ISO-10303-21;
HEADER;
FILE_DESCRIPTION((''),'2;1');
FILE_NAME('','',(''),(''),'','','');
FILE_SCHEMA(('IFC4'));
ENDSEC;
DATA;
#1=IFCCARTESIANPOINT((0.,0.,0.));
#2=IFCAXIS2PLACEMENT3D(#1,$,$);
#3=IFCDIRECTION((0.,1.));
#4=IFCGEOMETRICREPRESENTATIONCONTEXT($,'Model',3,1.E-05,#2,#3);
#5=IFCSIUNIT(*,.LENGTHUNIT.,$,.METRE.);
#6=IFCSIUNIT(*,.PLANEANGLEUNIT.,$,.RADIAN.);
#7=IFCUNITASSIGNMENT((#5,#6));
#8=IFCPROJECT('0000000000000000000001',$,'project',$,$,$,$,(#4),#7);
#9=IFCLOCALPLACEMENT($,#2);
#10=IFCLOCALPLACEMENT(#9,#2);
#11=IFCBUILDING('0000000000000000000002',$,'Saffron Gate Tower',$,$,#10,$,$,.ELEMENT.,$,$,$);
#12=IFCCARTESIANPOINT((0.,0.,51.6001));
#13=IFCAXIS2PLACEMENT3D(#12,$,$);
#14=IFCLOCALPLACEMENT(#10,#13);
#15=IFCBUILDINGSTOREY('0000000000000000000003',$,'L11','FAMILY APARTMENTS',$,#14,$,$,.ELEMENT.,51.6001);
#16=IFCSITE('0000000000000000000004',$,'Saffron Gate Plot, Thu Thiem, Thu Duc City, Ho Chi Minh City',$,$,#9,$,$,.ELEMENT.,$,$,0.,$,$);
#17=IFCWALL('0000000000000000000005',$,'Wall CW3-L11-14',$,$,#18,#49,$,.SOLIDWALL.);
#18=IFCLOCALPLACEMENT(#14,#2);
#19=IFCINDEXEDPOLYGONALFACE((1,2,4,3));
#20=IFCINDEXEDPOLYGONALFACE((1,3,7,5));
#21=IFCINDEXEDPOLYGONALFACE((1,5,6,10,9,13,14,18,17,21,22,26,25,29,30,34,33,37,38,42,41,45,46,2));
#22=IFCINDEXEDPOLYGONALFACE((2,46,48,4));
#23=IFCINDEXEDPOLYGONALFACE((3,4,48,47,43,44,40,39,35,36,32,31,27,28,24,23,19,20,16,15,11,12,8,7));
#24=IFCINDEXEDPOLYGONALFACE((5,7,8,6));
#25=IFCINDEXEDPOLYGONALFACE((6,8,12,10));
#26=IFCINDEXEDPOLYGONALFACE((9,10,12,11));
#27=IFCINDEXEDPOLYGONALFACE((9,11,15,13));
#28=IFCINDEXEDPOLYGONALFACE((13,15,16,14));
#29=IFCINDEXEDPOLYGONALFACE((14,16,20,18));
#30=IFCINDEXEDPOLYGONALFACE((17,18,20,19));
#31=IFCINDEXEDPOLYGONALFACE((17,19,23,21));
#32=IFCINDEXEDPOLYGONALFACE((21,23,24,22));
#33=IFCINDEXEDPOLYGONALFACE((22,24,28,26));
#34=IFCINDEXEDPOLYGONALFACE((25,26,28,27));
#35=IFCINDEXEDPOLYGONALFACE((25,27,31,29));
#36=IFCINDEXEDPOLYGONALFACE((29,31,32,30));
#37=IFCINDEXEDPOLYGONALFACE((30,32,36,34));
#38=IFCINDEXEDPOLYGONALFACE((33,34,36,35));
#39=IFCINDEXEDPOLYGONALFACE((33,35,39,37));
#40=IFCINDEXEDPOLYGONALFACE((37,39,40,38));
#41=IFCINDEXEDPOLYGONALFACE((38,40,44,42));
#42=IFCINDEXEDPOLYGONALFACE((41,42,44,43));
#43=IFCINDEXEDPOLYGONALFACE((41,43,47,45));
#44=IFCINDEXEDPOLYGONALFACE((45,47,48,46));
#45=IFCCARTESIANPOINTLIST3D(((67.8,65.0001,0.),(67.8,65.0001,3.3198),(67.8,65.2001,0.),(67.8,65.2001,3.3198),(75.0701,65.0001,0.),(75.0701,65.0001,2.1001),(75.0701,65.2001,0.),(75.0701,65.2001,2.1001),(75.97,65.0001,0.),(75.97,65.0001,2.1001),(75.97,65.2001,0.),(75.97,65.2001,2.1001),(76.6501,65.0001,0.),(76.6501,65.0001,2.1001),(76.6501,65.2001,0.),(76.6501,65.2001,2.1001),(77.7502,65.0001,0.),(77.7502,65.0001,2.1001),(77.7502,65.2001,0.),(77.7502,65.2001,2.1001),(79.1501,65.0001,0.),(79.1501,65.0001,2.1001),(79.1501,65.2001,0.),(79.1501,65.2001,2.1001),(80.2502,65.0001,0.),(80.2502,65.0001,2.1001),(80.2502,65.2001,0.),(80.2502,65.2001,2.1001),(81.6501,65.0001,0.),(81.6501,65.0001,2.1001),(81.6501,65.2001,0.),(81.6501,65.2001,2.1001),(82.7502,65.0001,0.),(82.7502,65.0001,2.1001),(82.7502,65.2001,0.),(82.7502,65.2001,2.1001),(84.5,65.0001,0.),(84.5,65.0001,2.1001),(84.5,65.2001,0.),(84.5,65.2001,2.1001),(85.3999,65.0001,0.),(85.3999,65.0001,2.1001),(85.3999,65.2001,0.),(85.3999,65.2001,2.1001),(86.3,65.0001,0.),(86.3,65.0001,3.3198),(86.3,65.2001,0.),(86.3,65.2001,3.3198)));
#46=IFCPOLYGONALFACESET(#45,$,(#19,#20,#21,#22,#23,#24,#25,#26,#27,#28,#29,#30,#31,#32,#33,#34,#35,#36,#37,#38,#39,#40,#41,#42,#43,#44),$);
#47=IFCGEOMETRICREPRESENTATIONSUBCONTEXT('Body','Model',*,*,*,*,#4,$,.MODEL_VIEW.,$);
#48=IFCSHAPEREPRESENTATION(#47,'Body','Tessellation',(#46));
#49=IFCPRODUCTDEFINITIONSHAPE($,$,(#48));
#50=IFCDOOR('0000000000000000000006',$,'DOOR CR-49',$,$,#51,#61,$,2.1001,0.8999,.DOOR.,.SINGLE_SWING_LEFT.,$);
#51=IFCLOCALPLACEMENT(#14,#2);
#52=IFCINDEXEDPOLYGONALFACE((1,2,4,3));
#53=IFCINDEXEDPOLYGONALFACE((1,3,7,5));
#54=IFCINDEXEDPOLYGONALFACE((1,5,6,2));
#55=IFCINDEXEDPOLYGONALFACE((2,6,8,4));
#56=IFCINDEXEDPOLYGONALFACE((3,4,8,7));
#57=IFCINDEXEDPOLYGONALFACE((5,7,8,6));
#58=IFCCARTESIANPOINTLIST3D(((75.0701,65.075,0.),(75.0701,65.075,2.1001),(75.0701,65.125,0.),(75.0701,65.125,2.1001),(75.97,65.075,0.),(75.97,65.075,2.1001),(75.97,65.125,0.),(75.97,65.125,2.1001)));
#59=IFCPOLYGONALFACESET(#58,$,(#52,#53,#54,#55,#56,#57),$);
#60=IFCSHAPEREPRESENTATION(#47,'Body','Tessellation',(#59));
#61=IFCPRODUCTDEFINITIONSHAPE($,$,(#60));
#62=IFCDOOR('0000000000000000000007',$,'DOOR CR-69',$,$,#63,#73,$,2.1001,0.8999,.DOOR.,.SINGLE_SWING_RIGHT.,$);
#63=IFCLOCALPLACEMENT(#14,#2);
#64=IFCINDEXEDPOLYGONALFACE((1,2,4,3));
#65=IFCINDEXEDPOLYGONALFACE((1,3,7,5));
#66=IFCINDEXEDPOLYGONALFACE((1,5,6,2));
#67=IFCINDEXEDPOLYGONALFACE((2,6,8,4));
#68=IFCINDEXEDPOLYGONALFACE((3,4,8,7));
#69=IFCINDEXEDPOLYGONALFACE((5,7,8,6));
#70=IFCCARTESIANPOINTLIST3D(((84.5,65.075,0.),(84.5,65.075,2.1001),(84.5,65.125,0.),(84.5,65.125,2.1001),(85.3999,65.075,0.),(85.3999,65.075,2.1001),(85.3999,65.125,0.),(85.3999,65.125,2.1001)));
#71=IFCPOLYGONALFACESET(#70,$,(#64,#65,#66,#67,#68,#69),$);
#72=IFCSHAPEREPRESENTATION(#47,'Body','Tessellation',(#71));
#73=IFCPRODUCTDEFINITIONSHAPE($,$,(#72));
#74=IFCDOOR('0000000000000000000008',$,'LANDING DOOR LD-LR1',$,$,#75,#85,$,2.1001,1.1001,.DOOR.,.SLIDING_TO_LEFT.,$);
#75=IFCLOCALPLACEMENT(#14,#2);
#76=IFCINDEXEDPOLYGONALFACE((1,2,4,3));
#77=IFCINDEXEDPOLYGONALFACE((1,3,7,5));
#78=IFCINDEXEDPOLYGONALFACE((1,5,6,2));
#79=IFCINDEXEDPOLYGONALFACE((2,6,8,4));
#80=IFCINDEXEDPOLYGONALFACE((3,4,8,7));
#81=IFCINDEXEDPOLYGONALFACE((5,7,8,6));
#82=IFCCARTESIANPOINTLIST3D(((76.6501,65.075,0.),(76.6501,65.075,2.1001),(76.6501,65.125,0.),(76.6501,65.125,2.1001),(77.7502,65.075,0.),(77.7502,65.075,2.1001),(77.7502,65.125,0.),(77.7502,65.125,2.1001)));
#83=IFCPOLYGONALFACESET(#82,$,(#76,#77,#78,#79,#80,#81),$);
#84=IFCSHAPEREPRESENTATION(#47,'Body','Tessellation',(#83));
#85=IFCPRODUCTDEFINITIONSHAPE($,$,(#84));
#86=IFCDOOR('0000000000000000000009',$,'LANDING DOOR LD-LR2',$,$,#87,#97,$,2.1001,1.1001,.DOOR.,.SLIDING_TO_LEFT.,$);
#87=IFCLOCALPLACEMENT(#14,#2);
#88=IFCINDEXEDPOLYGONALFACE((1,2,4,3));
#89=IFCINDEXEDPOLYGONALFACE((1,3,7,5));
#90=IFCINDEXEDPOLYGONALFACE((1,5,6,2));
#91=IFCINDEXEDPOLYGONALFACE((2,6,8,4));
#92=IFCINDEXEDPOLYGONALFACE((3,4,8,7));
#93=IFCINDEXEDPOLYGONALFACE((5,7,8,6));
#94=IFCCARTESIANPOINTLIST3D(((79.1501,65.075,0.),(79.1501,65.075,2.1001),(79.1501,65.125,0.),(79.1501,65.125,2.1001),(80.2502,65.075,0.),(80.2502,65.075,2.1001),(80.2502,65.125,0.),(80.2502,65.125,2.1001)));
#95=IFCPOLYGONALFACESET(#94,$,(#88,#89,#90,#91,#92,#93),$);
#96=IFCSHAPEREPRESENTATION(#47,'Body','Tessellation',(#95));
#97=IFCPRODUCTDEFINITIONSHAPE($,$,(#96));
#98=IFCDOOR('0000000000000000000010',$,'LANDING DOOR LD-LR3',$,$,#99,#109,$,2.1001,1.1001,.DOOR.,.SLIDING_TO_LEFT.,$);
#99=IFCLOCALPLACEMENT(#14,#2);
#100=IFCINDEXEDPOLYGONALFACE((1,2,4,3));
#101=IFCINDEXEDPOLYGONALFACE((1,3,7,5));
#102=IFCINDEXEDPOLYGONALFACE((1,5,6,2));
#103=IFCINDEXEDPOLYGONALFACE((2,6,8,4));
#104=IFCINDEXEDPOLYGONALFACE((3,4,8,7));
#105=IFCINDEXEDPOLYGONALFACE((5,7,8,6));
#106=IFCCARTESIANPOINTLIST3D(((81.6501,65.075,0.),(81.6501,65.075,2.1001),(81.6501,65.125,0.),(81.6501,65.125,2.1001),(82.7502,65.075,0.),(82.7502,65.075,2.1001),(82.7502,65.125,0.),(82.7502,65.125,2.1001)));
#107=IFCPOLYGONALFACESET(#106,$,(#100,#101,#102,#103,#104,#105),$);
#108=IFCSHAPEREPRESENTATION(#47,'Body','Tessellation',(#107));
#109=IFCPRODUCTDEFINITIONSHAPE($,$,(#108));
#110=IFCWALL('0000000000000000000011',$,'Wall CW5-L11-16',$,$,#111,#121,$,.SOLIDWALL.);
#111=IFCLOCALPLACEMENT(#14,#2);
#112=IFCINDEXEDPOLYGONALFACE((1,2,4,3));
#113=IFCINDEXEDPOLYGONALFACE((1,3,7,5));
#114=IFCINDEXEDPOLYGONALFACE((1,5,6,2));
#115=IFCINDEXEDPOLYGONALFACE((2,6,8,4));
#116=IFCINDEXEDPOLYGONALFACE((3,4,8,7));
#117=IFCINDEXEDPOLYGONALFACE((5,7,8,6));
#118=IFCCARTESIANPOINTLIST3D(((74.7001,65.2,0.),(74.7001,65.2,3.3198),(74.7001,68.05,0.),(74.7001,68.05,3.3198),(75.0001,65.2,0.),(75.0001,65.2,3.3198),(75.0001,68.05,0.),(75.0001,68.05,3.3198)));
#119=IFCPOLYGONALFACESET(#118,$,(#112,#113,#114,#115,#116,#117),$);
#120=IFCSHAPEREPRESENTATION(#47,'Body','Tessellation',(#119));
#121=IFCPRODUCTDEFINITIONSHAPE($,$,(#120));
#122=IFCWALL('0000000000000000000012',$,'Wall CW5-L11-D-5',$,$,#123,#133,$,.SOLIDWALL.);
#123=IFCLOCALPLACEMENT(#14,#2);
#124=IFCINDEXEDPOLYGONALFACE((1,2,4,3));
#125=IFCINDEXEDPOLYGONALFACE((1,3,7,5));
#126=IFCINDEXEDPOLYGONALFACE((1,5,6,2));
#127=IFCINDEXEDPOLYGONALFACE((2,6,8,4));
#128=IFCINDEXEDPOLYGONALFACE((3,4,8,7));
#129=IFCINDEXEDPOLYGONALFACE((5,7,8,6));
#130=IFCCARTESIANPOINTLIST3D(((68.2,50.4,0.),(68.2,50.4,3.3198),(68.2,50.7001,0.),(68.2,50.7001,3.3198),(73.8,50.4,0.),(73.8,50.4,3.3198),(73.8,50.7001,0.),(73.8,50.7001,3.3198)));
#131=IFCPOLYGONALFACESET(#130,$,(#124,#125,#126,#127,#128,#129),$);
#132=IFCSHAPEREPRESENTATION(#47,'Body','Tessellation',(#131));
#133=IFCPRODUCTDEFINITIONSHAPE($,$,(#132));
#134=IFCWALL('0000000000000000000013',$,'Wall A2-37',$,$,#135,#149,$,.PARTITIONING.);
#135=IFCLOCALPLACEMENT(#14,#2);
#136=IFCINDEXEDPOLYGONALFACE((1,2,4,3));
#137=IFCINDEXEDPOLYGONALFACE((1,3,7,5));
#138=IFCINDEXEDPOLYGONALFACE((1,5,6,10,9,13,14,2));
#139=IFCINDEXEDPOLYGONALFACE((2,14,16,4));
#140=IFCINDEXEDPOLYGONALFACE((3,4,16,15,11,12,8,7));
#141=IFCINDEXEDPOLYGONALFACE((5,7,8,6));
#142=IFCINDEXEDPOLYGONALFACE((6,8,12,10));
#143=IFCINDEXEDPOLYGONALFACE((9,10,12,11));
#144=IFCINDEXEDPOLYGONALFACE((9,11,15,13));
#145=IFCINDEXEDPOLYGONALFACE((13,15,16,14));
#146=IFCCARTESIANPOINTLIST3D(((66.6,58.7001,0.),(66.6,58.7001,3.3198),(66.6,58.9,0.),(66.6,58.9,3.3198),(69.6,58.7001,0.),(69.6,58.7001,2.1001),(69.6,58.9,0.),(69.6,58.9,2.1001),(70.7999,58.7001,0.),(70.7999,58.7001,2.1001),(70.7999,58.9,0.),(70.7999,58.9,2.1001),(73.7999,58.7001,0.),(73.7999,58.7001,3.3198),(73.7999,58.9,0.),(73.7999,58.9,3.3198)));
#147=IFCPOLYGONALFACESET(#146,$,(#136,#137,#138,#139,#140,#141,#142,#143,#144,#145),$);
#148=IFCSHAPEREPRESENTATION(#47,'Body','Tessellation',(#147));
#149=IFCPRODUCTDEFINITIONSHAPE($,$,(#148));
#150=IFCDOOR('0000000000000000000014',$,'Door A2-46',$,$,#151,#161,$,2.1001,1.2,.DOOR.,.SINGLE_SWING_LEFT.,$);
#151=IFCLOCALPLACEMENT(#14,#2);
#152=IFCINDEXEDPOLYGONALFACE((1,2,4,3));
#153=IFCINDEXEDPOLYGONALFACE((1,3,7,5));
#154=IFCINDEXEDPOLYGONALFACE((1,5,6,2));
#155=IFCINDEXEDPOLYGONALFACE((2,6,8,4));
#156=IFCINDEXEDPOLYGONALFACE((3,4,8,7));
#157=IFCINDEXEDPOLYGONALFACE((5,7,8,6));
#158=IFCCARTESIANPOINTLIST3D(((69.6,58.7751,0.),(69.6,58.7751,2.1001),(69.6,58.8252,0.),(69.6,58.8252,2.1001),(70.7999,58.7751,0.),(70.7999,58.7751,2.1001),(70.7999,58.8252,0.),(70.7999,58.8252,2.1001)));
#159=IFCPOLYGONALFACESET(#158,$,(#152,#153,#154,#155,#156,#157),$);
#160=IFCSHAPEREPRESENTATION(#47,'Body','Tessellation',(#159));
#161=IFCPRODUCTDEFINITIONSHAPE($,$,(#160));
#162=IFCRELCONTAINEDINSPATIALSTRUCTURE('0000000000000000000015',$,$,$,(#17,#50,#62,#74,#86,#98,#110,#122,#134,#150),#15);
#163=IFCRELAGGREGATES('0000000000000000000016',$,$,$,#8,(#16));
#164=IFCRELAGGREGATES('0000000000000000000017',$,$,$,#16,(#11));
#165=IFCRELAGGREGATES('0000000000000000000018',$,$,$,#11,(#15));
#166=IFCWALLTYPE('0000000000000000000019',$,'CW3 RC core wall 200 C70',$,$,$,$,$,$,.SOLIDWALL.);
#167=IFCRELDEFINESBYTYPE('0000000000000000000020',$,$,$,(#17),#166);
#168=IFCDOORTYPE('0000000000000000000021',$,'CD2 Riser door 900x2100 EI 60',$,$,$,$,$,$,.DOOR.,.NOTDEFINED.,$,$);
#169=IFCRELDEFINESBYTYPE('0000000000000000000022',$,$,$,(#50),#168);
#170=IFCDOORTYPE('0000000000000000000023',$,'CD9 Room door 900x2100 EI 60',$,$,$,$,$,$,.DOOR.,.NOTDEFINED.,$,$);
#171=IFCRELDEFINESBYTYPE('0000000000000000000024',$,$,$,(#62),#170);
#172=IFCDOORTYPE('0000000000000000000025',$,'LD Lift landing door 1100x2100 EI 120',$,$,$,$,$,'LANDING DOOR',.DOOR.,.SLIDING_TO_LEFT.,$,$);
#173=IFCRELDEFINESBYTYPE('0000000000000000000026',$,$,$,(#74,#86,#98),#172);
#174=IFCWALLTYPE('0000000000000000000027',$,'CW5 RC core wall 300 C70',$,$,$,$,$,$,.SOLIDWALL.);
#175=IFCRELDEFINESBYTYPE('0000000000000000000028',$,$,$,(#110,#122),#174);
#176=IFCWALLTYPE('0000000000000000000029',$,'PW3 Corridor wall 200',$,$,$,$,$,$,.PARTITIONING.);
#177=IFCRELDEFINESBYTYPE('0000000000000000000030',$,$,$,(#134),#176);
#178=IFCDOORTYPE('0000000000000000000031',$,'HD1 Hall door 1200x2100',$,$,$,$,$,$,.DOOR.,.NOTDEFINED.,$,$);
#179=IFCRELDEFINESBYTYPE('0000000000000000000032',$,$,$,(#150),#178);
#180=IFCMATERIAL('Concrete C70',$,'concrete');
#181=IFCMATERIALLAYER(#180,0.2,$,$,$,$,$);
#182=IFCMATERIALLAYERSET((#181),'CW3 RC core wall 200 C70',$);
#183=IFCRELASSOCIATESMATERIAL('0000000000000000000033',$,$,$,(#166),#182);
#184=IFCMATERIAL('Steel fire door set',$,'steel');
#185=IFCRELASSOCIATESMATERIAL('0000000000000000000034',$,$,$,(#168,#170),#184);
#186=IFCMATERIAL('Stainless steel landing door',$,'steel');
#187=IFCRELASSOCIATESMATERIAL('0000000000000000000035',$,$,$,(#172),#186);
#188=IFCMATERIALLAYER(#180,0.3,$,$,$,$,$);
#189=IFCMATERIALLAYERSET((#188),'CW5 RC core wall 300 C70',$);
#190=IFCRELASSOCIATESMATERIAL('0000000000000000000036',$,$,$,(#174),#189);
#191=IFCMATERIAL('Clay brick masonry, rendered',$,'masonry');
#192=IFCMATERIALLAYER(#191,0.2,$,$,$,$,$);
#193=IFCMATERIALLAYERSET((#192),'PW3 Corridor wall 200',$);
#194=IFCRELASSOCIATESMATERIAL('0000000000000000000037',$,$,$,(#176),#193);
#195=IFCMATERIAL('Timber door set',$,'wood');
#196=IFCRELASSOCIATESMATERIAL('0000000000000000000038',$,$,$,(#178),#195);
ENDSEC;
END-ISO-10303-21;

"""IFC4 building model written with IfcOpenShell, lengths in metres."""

from ifc_helpers import new_model, si_unit, direction, frame, frame_2d, origin, place, context, subcontext, project, spatial, rectangle, extrude, material, layer, layer_set, type_object, element, fill, save


model = new_model("IFC4")

# Units and contexts
model_context = context("Model", 3, precision=1e-05, world=origin(), true_north=direction((0.0, 1.0)))
body_context = subcontext(model_context, "Body", "Model", "MODEL_VIEW")
ifc_project = project(units=[si_unit("LENGTHUNIT", "METRE"), si_unit("PLANEANGLEUNIT", "RADIAN")], contexts=[model_context])

# Site, building, storey
site_placement = place(None, origin())
site = spatial("IfcSite", under=ifc_project, at=site_placement, Name="Saffron Gate Plot, Thu Thiem, Thu Duc City, Ho Chi Minh City", CompositionType="ELEMENT", RefElevation=0.0)
building_placement = place(site_placement, origin())
building = spatial("IfcBuilding", under=site, at=building_placement, Name="Saffron Gate Tower", CompositionType="ELEMENT")
storey_placement = place(building_placement, frame((0.0, 0.0, 51.6001)))
storey = spatial("IfcBuildingStorey", under=building, at=storey_placement, Name="L11", Description="FAMILY APARTMENTS", CompositionType="ELEMENT", Elevation=51.6001)

# Shared definitions
ifc_material_1 = material(Name="Concrete C70", Category="concrete")
ifc_material_2 = material(Name="Steel fire door set", Category="steel")

# Shared definitions
ifc_layer_1 = layer(ifc_material_1, 0.2)
ifc_layer_set_1 = layer_set([ifc_layer_1], Name="CW3 RC core wall 200 C70")
wall_type_1 = type_object("IfcWallType", Name="CW3 RC core wall 200 C70", PredefinedType="SOLIDWALL", material=ifc_layer_set_1)

# Wall, openings, doors
wall_1_placement = place(storey_placement, frame((67.8, 65.1001, 0.0), z_axis=(0.0, 0.0, 1.0), x_axis=(1.0, 0.0, 0.0)))
wall_1 = element("IfcWall", 1, at=wall_1_placement, inside=storey, type_object=wall_type_1, Name="Wall CW3-L11-14", PredefinedType="SOLIDWALL", context=body_context, shape_type="SweptSolid", body=[
    extrude(rectangle(XDim=18.5, YDim=0.2, at=frame_2d((9.25, 0.0))), origin(), (0.0, 0.0, 1.0), 3.3198),
])
opening_1_placement = place(wall_1_placement, frame((7.27, 0.0, 0.0)))
opening_1 = element("IfcOpeningElement", 2, at=opening_1_placement, cuts=wall_1, PredefinedType="OPENING", context=body_context, shape_type="SweptSolid", body=[
    extrude(rectangle(XDim=0.8999, YDim=2.1001, at=frame_2d((0.45, 1.05))), frame((0.0, 0.1099, 0.0), z_axis=(0.0, -1.0, 0.0), x_axis=(1.0, 0.0, 0.0)), (0.0, 0.0, 1.0), 0.22),
])
opening_2_placement = place(wall_1_placement, frame((8.8501, 0.0, 0.0)))
opening_2 = element("IfcOpeningElement", 3, at=opening_2_placement, cuts=wall_1, PredefinedType="OPENING", context=body_context, shape_type="SweptSolid", body=[
    extrude(rectangle(XDim=1.1001, YDim=2.1001, at=frame_2d((0.55, 1.05))), frame((0.0, 0.1099, 0.0), z_axis=(0.0, -1.0, 0.0), x_axis=(1.0, 0.0, 0.0)), (0.0, 0.0, 1.0), 0.22),
])
opening_3_placement = place(wall_1_placement, frame((11.3501, 0.0, 0.0)))
opening_3 = element("IfcOpeningElement", 4, at=opening_3_placement, cuts=wall_1, PredefinedType="OPENING", context=body_context, shape_type="SweptSolid", body=[
    extrude(rectangle(XDim=1.1001, YDim=2.1001, at=frame_2d((0.55, 1.05))), frame((0.0, 0.1099, 0.0), z_axis=(0.0, -1.0, 0.0), x_axis=(1.0, 0.0, 0.0)), (0.0, 0.0, 1.0), 0.22),
])
opening_4_placement = place(wall_1_placement, frame((13.8501, 0.0, 0.0)))
opening_4 = element("IfcOpeningElement", 5, at=opening_4_placement, cuts=wall_1, PredefinedType="OPENING", context=body_context, shape_type="SweptSolid", body=[
    extrude(rectangle(XDim=1.1001, YDim=2.1001, at=frame_2d((0.55, 1.05))), frame((0.0, 0.1099, 0.0), z_axis=(0.0, -1.0, 0.0), x_axis=(1.0, 0.0, 0.0)), (0.0, 0.0, 1.0), 0.22),
])
opening_5_placement = place(wall_1_placement, frame((16.7, 0.0, 0.0)))
opening_5 = element("IfcOpeningElement", 6, at=opening_5_placement, cuts=wall_1, PredefinedType="OPENING", context=body_context, shape_type="SweptSolid", body=[
    extrude(rectangle(XDim=0.8999, YDim=2.1001, at=frame_2d((0.45, 1.05))), frame((0.0, 0.1099, 0.0), z_axis=(0.0, -1.0, 0.0), x_axis=(1.0, 0.0, 0.0)), (0.0, 0.0, 1.0), 0.22),
])
door_type_1 = type_object("IfcDoorType", Name="CD2 Riser door 900x2100 EI 60", OperationType="NOTDEFINED", PredefinedType="DOOR", material=ifc_material_2)
door_1_placement = place(opening_1_placement, origin())
door_1 = element("IfcDoor", 7, at=door_1_placement, inside=storey, type_object=door_type_1, Name="DOOR CR-49", OperationType="SINGLE_SWING_LEFT", OverallHeight=2.1001, OverallWidth=0.8999, PredefinedType="DOOR", context=body_context, shape_type="SweptSolid", body=[
    extrude(rectangle(XDim=0.8999, YDim=2.1001, at=frame_2d((0.45, 1.05))), frame((0.0, 0.0249, 0.0), z_axis=(0.0, -1.0, 0.0), x_axis=(1.0, 0.0, 0.0)), (0.0, 0.0, 1.0), 0.05),
])
fill(opening_1, door_1)
door_type_2 = type_object("IfcDoorType", Name="CD9 Room door 900x2100 EI 60", OperationType="NOTDEFINED", PredefinedType="DOOR", material=ifc_material_2)
door_2_placement = place(opening_5_placement, origin())
door_2 = element("IfcDoor", 8, at=door_2_placement, inside=storey, type_object=door_type_2, Name="DOOR CR-69", OperationType="SINGLE_SWING_RIGHT", OverallHeight=2.1001, OverallWidth=0.8999, PredefinedType="DOOR", context=body_context, shape_type="SweptSolid", body=[
    extrude(rectangle(XDim=0.8999, YDim=2.1001, at=frame_2d((0.45, 1.05))), frame((0.0, 0.0249, 0.0), z_axis=(0.0, -1.0, 0.0), x_axis=(1.0, 0.0, 0.0)), (0.0, 0.0, 1.0), 0.05),
])
fill(opening_5, door_2)
ifc_material_3 = material(Name="Stainless steel landing door", Category="steel")
door_type_3 = type_object("IfcDoorType", Name="LD Lift landing door 1100x2100 EI 120", ElementType="LANDING DOOR", OperationType="SLIDING_TO_LEFT", PredefinedType="DOOR", material=ifc_material_3)
door_3_placement = place(opening_2_placement, origin())
door_3 = element("IfcDoor", 9, at=door_3_placement, inside=storey, type_object=door_type_3, Name="LANDING DOOR LD-LR1", OperationType="SLIDING_TO_LEFT", OverallHeight=2.1001, OverallWidth=1.1001, PredefinedType="DOOR", context=body_context, shape_type="SweptSolid", body=[
    extrude(rectangle(XDim=1.1001, YDim=2.1001, at=frame_2d((0.55, 1.05))), frame((0.0, 0.0249, 0.0), z_axis=(0.0, -1.0, 0.0), x_axis=(1.0, 0.0, 0.0)), (0.0, 0.0, 1.0), 0.05),
])
fill(opening_2, door_3)
door_4_placement = place(opening_3_placement, origin())
door_4 = element("IfcDoor", 10, at=door_4_placement, inside=storey, type_object=door_type_3, Name="LANDING DOOR LD-LR2", OperationType="SLIDING_TO_LEFT", OverallHeight=2.1001, OverallWidth=1.1001, PredefinedType="DOOR", context=body_context, shape_type="SweptSolid", body=[
    extrude(rectangle(XDim=1.1001, YDim=2.1001, at=frame_2d((0.55, 1.05))), frame((0.0, 0.0249, 0.0), z_axis=(0.0, -1.0, 0.0), x_axis=(1.0, 0.0, 0.0)), (0.0, 0.0, 1.0), 0.05),
])
fill(opening_3, door_4)
door_5_placement = place(opening_4_placement, origin())
door_5 = element("IfcDoor", 11, at=door_5_placement, inside=storey, type_object=door_type_3, Name="LANDING DOOR LD-LR3", OperationType="SLIDING_TO_LEFT", OverallHeight=2.1001, OverallWidth=1.1001, PredefinedType="DOOR", context=body_context, shape_type="SweptSolid", body=[
    extrude(rectangle(XDim=1.1001, YDim=2.1001, at=frame_2d((0.55, 1.05))), frame((0.0, 0.0249, 0.0), z_axis=(0.0, -1.0, 0.0), x_axis=(1.0, 0.0, 0.0)), (0.0, 0.0, 1.0), 0.05),
])
fill(opening_4, door_5)

# Walls
ifc_layer_2 = layer(ifc_material_1, 0.3)
ifc_layer_set_2 = layer_set([ifc_layer_2], Name="CW5 RC core wall 300 C70")
wall_type_2 = type_object("IfcWallType", Name="CW5 RC core wall 300 C70", PredefinedType="SOLIDWALL", material=ifc_layer_set_2)
wall_2_placement = place(storey_placement, frame((74.8501, 65.2, 0.0), z_axis=(0.0, 0.0, 1.0), x_axis=(0.0, 1.0, 0.0)))
element("IfcWall", 12, at=wall_2_placement, inside=storey, type_object=wall_type_2, Name="Wall CW5-L11-16", PredefinedType="SOLIDWALL", context=body_context, shape_type="SweptSolid", body=[
    extrude(rectangle(XDim=2.8501, YDim=0.3, at=frame_2d((1.425, 0.0))), origin(), (0.0, 0.0, 1.0), 3.3198),
])
wall_3_placement = place(storey_placement, frame((68.2, 50.55, 0.0), z_axis=(0.0, 0.0, 1.0), x_axis=(1.0, 0.0, 0.0)))
element("IfcWall", 13, at=wall_3_placement, inside=storey, type_object=wall_type_2, Name="Wall CW5-L11-D-5", PredefinedType="SOLIDWALL", context=body_context, shape_type="SweptSolid", body=[
    extrude(rectangle(XDim=5.6001, YDim=0.3, at=frame_2d((2.8, 0.0))), origin(), (0.0, 0.0, 1.0), 3.3198),
])

# Wall, opening, door
ifc_material_4 = material(Name="Clay brick masonry, rendered", Category="masonry")
ifc_layer_3 = layer(ifc_material_4, 0.2)
ifc_layer_set_3 = layer_set([ifc_layer_3], Name="PW3 Corridor wall 200")
wall_type_3 = type_object("IfcWallType", Name="PW3 Corridor wall 200", PredefinedType="PARTITIONING", material=ifc_layer_set_3)
wall_4_placement = place(storey_placement, frame((73.8, 58.8, 0.0), z_axis=(0.0, 0.0, 1.0), x_axis=(-1.0, 0.0, 0.0)))
wall_4 = element("IfcWall", 14, at=wall_4_placement, inside=storey, type_object=wall_type_3, Name="Wall A2-37", PredefinedType="PARTITIONING", context=body_context, shape_type="SweptSolid", body=[
    extrude(rectangle(XDim=7.2, YDim=0.2, at=frame_2d((3.6001, 0.0))), origin(), (0.0, 0.0, 1.0), 3.3198),
])
opening_6_placement = place(wall_4_placement, frame((3.0, 0.0, 0.0)))
opening_6 = element("IfcOpeningElement", 15, at=opening_6_placement, cuts=wall_4, PredefinedType="OPENING", context=body_context, shape_type="SweptSolid", body=[
    extrude(rectangle(XDim=1.2, YDim=2.1001, at=frame_2d((0.6001, 1.05))), frame((0.0, 0.1099, 0.0), z_axis=(0.0, -1.0, 0.0), x_axis=(1.0, 0.0, 0.0)), (0.0, 0.0, 1.0), 0.22),
])
ifc_material_5 = material(Name="Timber door set", Category="wood")
door_type_4 = type_object("IfcDoorType", Name="HD1 Hall door 1200x2100", OperationType="NOTDEFINED", PredefinedType="DOOR", material=ifc_material_5)
door_6_placement = place(opening_6_placement, origin())
door_6 = element("IfcDoor", 16, at=door_6_placement, inside=storey, type_object=door_type_4, Name="Door A2-46", OperationType="SINGLE_SWING_LEFT", OverallHeight=2.1001, OverallWidth=1.2, PredefinedType="DOOR", context=body_context, shape_type="SweptSolid", body=[
    extrude(rectangle(XDim=1.2, YDim=2.1001, at=frame_2d((0.6001, 1.05))), frame((0.0, 0.0249, 0.0), z_axis=(0.0, -1.0, 0.0), x_axis=(1.0, 0.0, 0.0)), (0.0, 0.0, 1.0), 0.05),
])
fill(opening_6, door_6)

save(model, "model.ifc")
